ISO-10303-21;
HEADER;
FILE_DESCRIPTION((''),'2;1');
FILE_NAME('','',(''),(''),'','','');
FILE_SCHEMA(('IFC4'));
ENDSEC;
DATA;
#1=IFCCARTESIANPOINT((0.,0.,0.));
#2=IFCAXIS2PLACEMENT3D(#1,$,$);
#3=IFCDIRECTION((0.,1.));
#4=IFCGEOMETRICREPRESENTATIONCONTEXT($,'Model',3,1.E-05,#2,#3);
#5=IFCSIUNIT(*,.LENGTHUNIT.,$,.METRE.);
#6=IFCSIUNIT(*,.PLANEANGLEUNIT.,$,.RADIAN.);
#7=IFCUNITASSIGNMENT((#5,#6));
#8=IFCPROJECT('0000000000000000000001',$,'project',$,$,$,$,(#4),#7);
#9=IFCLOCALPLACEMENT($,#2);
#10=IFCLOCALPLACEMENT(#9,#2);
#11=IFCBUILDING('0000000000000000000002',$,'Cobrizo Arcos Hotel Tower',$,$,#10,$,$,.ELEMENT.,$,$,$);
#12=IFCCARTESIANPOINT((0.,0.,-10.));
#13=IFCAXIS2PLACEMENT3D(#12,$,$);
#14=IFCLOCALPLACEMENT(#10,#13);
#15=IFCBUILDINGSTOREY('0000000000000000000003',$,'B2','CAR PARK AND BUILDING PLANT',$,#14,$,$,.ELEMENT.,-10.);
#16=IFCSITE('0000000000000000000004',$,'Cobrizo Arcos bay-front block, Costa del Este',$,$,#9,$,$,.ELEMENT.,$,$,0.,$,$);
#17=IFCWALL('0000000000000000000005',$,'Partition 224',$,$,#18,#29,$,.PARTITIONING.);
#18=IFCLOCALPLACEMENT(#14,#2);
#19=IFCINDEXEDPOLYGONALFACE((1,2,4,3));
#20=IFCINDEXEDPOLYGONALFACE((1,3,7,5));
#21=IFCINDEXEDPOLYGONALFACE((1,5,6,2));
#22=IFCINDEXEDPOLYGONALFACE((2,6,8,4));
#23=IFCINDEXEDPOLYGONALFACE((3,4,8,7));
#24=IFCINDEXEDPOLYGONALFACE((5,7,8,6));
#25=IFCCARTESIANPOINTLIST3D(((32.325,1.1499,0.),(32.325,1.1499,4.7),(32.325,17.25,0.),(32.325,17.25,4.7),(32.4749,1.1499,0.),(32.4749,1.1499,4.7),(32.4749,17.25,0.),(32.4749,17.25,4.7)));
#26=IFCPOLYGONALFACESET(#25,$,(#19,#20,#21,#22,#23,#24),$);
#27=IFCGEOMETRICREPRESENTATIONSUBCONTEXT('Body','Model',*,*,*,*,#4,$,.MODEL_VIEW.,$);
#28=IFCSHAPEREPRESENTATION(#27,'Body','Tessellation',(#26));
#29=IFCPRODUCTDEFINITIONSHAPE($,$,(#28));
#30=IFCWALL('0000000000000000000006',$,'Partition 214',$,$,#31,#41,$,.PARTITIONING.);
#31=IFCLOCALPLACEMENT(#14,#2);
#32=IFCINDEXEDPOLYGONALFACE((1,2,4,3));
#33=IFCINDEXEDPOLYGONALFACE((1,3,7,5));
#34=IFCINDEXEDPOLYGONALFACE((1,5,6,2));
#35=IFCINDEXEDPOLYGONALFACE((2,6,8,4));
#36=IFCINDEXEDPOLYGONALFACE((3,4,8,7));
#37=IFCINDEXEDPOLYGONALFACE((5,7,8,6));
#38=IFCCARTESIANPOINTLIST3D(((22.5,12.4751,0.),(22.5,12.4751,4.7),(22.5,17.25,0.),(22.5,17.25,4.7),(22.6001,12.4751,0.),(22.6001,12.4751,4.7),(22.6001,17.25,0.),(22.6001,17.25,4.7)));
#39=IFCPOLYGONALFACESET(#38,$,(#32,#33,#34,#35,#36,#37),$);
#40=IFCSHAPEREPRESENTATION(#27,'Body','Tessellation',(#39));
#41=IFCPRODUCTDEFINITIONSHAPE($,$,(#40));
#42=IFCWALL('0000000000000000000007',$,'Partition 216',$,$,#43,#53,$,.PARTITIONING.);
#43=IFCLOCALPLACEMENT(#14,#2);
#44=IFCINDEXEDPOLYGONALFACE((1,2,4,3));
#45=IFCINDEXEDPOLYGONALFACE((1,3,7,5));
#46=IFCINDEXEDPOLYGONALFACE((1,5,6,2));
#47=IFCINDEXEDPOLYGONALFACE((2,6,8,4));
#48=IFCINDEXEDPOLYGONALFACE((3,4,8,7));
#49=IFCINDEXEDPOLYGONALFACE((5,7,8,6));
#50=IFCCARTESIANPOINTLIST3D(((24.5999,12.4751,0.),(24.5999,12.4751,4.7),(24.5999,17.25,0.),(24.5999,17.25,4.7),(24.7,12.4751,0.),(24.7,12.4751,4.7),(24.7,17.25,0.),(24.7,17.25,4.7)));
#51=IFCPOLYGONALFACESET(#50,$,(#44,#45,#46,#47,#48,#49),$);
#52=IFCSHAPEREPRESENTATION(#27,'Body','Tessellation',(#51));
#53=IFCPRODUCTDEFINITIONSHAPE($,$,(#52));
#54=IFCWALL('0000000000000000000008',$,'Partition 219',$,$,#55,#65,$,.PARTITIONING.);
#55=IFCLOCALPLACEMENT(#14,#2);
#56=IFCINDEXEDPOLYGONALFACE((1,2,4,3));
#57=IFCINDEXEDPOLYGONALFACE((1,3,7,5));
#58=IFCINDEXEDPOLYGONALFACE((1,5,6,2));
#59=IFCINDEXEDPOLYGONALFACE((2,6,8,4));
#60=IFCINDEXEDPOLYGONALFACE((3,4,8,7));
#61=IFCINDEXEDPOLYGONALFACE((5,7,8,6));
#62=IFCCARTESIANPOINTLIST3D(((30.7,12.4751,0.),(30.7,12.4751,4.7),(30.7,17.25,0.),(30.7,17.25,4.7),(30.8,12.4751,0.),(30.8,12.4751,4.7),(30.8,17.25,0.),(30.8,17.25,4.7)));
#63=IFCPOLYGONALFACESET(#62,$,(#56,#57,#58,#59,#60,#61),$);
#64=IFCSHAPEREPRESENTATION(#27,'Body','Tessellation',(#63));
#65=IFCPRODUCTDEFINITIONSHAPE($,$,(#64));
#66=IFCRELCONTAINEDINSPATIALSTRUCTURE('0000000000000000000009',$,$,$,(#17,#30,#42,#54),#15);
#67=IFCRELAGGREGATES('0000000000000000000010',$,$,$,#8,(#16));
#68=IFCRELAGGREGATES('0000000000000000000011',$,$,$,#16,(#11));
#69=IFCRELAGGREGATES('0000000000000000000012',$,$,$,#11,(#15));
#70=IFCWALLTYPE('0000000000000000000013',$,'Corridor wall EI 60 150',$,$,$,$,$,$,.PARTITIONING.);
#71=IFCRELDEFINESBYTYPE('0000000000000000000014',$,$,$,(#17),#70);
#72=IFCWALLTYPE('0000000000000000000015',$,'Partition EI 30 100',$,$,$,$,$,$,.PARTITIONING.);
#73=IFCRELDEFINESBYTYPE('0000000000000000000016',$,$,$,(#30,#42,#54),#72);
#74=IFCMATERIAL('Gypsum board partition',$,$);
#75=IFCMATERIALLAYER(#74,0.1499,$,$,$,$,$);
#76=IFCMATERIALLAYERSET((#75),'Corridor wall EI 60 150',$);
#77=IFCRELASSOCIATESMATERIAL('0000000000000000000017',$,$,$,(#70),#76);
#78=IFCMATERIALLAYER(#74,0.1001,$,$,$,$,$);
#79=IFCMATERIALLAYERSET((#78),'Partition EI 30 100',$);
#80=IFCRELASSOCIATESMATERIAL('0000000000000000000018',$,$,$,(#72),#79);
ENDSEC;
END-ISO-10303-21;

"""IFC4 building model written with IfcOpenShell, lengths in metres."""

from ifc_helpers import new_model, si_unit, direction, frame, frame_2d, origin, place, context, subcontext, project, spatial, rectangle, extrude, material, layer, layer_set, type_object, element, save


model = new_model("IFC4")

# Units and contexts
model_context = context("Model", 3, precision=1e-05, world=origin(), true_north=direction((0.0, 1.0)))
body_context = subcontext(model_context, "Body", "Model", "MODEL_VIEW")
ifc_project = project(units=[si_unit("LENGTHUNIT", "METRE"), si_unit("PLANEANGLEUNIT", "RADIAN")], contexts=[model_context])

# Site, building, storey
site_placement = place(None, origin())
site = spatial("IfcSite", under=ifc_project, at=site_placement, Name="Cobrizo Arcos bay-front block, Costa del Este", CompositionType="ELEMENT", RefElevation=0.0)
building_placement = place(site_placement, origin())
building = spatial("IfcBuilding", under=site, at=building_placement, Name="Cobrizo Arcos Hotel Tower", CompositionType="ELEMENT")
storey_placement = place(building_placement, frame((0.0, 0.0, -10.0)))
storey = spatial("IfcBuildingStorey", under=building, at=storey_placement, Name="B2", Description="CAR PARK AND BUILDING PLANT", CompositionType="ELEMENT", Elevation=-10.0)

# Shared definitions
ifc_material_1 = material(Name="Gypsum board partition")
ifc_layer_1 = layer(ifc_material_1, 0.1499)
ifc_layer_set_1 = layer_set([ifc_layer_1], Name="Corridor wall EI 60 150")
wall_type_1 = type_object("IfcWallType", Name="Corridor wall EI 60 150", PredefinedType="PARTITIONING", material=ifc_layer_set_1)

# Walls
wall_1_placement = place(storey_placement, frame((32.3999, 1.1499, 0.0), z_axis=(0.0, 0.0, 1.0), x_axis=(0.0, 1.0, 0.0)))
element("IfcWall", 1, at=wall_1_placement, inside=storey, type_object=wall_type_1, Name="Partition 224", PredefinedType="PARTITIONING", context=body_context, shape_type="SweptSolid", body=[
    extrude(rectangle(XDim=16.1001, YDim=0.1499, at=frame_2d((8.05, 0.0))), origin(), (0.0, 0.0, 1.0), 4.7),
])
ifc_layer_2 = layer(ifc_material_1, 0.1001)
ifc_layer_set_2 = layer_set([ifc_layer_2], Name="Partition EI 30 100")
wall_type_2 = type_object("IfcWallType", Name="Partition EI 30 100", PredefinedType="PARTITIONING", material=ifc_layer_set_2)
for number, where, z_axis, x_axis, name in (
    (2, (22.55, 12.4751, 0.0), (0.0, 0.0, 1.0), (0.0, 1.0, 0.0), "Partition 214"),
    (3, (24.6499, 12.4751, 0.0), (0.0, 0.0, 1.0), (0.0, 1.0, 0.0), "Partition 216"),
    (4, (30.75, 12.4751, 0.0), (0.0, 0.0, 1.0), (0.0, 1.0, 0.0), "Partition 219"),
):
    element("IfcWall", number, at=place(storey_placement, frame(where, z_axis=z_axis, x_axis=x_axis)), inside=storey, type_object=wall_type_2, Name=name, PredefinedType="PARTITIONING", context=body_context, shape_type="SweptSolid", body=[
        extrude(rectangle(XDim=4.7749, YDim=0.1001, at=frame_2d((2.3875, 0.0))), origin(), (0.0, 0.0, 1.0), 4.7),
    ])

save(model, "model.ifc")
